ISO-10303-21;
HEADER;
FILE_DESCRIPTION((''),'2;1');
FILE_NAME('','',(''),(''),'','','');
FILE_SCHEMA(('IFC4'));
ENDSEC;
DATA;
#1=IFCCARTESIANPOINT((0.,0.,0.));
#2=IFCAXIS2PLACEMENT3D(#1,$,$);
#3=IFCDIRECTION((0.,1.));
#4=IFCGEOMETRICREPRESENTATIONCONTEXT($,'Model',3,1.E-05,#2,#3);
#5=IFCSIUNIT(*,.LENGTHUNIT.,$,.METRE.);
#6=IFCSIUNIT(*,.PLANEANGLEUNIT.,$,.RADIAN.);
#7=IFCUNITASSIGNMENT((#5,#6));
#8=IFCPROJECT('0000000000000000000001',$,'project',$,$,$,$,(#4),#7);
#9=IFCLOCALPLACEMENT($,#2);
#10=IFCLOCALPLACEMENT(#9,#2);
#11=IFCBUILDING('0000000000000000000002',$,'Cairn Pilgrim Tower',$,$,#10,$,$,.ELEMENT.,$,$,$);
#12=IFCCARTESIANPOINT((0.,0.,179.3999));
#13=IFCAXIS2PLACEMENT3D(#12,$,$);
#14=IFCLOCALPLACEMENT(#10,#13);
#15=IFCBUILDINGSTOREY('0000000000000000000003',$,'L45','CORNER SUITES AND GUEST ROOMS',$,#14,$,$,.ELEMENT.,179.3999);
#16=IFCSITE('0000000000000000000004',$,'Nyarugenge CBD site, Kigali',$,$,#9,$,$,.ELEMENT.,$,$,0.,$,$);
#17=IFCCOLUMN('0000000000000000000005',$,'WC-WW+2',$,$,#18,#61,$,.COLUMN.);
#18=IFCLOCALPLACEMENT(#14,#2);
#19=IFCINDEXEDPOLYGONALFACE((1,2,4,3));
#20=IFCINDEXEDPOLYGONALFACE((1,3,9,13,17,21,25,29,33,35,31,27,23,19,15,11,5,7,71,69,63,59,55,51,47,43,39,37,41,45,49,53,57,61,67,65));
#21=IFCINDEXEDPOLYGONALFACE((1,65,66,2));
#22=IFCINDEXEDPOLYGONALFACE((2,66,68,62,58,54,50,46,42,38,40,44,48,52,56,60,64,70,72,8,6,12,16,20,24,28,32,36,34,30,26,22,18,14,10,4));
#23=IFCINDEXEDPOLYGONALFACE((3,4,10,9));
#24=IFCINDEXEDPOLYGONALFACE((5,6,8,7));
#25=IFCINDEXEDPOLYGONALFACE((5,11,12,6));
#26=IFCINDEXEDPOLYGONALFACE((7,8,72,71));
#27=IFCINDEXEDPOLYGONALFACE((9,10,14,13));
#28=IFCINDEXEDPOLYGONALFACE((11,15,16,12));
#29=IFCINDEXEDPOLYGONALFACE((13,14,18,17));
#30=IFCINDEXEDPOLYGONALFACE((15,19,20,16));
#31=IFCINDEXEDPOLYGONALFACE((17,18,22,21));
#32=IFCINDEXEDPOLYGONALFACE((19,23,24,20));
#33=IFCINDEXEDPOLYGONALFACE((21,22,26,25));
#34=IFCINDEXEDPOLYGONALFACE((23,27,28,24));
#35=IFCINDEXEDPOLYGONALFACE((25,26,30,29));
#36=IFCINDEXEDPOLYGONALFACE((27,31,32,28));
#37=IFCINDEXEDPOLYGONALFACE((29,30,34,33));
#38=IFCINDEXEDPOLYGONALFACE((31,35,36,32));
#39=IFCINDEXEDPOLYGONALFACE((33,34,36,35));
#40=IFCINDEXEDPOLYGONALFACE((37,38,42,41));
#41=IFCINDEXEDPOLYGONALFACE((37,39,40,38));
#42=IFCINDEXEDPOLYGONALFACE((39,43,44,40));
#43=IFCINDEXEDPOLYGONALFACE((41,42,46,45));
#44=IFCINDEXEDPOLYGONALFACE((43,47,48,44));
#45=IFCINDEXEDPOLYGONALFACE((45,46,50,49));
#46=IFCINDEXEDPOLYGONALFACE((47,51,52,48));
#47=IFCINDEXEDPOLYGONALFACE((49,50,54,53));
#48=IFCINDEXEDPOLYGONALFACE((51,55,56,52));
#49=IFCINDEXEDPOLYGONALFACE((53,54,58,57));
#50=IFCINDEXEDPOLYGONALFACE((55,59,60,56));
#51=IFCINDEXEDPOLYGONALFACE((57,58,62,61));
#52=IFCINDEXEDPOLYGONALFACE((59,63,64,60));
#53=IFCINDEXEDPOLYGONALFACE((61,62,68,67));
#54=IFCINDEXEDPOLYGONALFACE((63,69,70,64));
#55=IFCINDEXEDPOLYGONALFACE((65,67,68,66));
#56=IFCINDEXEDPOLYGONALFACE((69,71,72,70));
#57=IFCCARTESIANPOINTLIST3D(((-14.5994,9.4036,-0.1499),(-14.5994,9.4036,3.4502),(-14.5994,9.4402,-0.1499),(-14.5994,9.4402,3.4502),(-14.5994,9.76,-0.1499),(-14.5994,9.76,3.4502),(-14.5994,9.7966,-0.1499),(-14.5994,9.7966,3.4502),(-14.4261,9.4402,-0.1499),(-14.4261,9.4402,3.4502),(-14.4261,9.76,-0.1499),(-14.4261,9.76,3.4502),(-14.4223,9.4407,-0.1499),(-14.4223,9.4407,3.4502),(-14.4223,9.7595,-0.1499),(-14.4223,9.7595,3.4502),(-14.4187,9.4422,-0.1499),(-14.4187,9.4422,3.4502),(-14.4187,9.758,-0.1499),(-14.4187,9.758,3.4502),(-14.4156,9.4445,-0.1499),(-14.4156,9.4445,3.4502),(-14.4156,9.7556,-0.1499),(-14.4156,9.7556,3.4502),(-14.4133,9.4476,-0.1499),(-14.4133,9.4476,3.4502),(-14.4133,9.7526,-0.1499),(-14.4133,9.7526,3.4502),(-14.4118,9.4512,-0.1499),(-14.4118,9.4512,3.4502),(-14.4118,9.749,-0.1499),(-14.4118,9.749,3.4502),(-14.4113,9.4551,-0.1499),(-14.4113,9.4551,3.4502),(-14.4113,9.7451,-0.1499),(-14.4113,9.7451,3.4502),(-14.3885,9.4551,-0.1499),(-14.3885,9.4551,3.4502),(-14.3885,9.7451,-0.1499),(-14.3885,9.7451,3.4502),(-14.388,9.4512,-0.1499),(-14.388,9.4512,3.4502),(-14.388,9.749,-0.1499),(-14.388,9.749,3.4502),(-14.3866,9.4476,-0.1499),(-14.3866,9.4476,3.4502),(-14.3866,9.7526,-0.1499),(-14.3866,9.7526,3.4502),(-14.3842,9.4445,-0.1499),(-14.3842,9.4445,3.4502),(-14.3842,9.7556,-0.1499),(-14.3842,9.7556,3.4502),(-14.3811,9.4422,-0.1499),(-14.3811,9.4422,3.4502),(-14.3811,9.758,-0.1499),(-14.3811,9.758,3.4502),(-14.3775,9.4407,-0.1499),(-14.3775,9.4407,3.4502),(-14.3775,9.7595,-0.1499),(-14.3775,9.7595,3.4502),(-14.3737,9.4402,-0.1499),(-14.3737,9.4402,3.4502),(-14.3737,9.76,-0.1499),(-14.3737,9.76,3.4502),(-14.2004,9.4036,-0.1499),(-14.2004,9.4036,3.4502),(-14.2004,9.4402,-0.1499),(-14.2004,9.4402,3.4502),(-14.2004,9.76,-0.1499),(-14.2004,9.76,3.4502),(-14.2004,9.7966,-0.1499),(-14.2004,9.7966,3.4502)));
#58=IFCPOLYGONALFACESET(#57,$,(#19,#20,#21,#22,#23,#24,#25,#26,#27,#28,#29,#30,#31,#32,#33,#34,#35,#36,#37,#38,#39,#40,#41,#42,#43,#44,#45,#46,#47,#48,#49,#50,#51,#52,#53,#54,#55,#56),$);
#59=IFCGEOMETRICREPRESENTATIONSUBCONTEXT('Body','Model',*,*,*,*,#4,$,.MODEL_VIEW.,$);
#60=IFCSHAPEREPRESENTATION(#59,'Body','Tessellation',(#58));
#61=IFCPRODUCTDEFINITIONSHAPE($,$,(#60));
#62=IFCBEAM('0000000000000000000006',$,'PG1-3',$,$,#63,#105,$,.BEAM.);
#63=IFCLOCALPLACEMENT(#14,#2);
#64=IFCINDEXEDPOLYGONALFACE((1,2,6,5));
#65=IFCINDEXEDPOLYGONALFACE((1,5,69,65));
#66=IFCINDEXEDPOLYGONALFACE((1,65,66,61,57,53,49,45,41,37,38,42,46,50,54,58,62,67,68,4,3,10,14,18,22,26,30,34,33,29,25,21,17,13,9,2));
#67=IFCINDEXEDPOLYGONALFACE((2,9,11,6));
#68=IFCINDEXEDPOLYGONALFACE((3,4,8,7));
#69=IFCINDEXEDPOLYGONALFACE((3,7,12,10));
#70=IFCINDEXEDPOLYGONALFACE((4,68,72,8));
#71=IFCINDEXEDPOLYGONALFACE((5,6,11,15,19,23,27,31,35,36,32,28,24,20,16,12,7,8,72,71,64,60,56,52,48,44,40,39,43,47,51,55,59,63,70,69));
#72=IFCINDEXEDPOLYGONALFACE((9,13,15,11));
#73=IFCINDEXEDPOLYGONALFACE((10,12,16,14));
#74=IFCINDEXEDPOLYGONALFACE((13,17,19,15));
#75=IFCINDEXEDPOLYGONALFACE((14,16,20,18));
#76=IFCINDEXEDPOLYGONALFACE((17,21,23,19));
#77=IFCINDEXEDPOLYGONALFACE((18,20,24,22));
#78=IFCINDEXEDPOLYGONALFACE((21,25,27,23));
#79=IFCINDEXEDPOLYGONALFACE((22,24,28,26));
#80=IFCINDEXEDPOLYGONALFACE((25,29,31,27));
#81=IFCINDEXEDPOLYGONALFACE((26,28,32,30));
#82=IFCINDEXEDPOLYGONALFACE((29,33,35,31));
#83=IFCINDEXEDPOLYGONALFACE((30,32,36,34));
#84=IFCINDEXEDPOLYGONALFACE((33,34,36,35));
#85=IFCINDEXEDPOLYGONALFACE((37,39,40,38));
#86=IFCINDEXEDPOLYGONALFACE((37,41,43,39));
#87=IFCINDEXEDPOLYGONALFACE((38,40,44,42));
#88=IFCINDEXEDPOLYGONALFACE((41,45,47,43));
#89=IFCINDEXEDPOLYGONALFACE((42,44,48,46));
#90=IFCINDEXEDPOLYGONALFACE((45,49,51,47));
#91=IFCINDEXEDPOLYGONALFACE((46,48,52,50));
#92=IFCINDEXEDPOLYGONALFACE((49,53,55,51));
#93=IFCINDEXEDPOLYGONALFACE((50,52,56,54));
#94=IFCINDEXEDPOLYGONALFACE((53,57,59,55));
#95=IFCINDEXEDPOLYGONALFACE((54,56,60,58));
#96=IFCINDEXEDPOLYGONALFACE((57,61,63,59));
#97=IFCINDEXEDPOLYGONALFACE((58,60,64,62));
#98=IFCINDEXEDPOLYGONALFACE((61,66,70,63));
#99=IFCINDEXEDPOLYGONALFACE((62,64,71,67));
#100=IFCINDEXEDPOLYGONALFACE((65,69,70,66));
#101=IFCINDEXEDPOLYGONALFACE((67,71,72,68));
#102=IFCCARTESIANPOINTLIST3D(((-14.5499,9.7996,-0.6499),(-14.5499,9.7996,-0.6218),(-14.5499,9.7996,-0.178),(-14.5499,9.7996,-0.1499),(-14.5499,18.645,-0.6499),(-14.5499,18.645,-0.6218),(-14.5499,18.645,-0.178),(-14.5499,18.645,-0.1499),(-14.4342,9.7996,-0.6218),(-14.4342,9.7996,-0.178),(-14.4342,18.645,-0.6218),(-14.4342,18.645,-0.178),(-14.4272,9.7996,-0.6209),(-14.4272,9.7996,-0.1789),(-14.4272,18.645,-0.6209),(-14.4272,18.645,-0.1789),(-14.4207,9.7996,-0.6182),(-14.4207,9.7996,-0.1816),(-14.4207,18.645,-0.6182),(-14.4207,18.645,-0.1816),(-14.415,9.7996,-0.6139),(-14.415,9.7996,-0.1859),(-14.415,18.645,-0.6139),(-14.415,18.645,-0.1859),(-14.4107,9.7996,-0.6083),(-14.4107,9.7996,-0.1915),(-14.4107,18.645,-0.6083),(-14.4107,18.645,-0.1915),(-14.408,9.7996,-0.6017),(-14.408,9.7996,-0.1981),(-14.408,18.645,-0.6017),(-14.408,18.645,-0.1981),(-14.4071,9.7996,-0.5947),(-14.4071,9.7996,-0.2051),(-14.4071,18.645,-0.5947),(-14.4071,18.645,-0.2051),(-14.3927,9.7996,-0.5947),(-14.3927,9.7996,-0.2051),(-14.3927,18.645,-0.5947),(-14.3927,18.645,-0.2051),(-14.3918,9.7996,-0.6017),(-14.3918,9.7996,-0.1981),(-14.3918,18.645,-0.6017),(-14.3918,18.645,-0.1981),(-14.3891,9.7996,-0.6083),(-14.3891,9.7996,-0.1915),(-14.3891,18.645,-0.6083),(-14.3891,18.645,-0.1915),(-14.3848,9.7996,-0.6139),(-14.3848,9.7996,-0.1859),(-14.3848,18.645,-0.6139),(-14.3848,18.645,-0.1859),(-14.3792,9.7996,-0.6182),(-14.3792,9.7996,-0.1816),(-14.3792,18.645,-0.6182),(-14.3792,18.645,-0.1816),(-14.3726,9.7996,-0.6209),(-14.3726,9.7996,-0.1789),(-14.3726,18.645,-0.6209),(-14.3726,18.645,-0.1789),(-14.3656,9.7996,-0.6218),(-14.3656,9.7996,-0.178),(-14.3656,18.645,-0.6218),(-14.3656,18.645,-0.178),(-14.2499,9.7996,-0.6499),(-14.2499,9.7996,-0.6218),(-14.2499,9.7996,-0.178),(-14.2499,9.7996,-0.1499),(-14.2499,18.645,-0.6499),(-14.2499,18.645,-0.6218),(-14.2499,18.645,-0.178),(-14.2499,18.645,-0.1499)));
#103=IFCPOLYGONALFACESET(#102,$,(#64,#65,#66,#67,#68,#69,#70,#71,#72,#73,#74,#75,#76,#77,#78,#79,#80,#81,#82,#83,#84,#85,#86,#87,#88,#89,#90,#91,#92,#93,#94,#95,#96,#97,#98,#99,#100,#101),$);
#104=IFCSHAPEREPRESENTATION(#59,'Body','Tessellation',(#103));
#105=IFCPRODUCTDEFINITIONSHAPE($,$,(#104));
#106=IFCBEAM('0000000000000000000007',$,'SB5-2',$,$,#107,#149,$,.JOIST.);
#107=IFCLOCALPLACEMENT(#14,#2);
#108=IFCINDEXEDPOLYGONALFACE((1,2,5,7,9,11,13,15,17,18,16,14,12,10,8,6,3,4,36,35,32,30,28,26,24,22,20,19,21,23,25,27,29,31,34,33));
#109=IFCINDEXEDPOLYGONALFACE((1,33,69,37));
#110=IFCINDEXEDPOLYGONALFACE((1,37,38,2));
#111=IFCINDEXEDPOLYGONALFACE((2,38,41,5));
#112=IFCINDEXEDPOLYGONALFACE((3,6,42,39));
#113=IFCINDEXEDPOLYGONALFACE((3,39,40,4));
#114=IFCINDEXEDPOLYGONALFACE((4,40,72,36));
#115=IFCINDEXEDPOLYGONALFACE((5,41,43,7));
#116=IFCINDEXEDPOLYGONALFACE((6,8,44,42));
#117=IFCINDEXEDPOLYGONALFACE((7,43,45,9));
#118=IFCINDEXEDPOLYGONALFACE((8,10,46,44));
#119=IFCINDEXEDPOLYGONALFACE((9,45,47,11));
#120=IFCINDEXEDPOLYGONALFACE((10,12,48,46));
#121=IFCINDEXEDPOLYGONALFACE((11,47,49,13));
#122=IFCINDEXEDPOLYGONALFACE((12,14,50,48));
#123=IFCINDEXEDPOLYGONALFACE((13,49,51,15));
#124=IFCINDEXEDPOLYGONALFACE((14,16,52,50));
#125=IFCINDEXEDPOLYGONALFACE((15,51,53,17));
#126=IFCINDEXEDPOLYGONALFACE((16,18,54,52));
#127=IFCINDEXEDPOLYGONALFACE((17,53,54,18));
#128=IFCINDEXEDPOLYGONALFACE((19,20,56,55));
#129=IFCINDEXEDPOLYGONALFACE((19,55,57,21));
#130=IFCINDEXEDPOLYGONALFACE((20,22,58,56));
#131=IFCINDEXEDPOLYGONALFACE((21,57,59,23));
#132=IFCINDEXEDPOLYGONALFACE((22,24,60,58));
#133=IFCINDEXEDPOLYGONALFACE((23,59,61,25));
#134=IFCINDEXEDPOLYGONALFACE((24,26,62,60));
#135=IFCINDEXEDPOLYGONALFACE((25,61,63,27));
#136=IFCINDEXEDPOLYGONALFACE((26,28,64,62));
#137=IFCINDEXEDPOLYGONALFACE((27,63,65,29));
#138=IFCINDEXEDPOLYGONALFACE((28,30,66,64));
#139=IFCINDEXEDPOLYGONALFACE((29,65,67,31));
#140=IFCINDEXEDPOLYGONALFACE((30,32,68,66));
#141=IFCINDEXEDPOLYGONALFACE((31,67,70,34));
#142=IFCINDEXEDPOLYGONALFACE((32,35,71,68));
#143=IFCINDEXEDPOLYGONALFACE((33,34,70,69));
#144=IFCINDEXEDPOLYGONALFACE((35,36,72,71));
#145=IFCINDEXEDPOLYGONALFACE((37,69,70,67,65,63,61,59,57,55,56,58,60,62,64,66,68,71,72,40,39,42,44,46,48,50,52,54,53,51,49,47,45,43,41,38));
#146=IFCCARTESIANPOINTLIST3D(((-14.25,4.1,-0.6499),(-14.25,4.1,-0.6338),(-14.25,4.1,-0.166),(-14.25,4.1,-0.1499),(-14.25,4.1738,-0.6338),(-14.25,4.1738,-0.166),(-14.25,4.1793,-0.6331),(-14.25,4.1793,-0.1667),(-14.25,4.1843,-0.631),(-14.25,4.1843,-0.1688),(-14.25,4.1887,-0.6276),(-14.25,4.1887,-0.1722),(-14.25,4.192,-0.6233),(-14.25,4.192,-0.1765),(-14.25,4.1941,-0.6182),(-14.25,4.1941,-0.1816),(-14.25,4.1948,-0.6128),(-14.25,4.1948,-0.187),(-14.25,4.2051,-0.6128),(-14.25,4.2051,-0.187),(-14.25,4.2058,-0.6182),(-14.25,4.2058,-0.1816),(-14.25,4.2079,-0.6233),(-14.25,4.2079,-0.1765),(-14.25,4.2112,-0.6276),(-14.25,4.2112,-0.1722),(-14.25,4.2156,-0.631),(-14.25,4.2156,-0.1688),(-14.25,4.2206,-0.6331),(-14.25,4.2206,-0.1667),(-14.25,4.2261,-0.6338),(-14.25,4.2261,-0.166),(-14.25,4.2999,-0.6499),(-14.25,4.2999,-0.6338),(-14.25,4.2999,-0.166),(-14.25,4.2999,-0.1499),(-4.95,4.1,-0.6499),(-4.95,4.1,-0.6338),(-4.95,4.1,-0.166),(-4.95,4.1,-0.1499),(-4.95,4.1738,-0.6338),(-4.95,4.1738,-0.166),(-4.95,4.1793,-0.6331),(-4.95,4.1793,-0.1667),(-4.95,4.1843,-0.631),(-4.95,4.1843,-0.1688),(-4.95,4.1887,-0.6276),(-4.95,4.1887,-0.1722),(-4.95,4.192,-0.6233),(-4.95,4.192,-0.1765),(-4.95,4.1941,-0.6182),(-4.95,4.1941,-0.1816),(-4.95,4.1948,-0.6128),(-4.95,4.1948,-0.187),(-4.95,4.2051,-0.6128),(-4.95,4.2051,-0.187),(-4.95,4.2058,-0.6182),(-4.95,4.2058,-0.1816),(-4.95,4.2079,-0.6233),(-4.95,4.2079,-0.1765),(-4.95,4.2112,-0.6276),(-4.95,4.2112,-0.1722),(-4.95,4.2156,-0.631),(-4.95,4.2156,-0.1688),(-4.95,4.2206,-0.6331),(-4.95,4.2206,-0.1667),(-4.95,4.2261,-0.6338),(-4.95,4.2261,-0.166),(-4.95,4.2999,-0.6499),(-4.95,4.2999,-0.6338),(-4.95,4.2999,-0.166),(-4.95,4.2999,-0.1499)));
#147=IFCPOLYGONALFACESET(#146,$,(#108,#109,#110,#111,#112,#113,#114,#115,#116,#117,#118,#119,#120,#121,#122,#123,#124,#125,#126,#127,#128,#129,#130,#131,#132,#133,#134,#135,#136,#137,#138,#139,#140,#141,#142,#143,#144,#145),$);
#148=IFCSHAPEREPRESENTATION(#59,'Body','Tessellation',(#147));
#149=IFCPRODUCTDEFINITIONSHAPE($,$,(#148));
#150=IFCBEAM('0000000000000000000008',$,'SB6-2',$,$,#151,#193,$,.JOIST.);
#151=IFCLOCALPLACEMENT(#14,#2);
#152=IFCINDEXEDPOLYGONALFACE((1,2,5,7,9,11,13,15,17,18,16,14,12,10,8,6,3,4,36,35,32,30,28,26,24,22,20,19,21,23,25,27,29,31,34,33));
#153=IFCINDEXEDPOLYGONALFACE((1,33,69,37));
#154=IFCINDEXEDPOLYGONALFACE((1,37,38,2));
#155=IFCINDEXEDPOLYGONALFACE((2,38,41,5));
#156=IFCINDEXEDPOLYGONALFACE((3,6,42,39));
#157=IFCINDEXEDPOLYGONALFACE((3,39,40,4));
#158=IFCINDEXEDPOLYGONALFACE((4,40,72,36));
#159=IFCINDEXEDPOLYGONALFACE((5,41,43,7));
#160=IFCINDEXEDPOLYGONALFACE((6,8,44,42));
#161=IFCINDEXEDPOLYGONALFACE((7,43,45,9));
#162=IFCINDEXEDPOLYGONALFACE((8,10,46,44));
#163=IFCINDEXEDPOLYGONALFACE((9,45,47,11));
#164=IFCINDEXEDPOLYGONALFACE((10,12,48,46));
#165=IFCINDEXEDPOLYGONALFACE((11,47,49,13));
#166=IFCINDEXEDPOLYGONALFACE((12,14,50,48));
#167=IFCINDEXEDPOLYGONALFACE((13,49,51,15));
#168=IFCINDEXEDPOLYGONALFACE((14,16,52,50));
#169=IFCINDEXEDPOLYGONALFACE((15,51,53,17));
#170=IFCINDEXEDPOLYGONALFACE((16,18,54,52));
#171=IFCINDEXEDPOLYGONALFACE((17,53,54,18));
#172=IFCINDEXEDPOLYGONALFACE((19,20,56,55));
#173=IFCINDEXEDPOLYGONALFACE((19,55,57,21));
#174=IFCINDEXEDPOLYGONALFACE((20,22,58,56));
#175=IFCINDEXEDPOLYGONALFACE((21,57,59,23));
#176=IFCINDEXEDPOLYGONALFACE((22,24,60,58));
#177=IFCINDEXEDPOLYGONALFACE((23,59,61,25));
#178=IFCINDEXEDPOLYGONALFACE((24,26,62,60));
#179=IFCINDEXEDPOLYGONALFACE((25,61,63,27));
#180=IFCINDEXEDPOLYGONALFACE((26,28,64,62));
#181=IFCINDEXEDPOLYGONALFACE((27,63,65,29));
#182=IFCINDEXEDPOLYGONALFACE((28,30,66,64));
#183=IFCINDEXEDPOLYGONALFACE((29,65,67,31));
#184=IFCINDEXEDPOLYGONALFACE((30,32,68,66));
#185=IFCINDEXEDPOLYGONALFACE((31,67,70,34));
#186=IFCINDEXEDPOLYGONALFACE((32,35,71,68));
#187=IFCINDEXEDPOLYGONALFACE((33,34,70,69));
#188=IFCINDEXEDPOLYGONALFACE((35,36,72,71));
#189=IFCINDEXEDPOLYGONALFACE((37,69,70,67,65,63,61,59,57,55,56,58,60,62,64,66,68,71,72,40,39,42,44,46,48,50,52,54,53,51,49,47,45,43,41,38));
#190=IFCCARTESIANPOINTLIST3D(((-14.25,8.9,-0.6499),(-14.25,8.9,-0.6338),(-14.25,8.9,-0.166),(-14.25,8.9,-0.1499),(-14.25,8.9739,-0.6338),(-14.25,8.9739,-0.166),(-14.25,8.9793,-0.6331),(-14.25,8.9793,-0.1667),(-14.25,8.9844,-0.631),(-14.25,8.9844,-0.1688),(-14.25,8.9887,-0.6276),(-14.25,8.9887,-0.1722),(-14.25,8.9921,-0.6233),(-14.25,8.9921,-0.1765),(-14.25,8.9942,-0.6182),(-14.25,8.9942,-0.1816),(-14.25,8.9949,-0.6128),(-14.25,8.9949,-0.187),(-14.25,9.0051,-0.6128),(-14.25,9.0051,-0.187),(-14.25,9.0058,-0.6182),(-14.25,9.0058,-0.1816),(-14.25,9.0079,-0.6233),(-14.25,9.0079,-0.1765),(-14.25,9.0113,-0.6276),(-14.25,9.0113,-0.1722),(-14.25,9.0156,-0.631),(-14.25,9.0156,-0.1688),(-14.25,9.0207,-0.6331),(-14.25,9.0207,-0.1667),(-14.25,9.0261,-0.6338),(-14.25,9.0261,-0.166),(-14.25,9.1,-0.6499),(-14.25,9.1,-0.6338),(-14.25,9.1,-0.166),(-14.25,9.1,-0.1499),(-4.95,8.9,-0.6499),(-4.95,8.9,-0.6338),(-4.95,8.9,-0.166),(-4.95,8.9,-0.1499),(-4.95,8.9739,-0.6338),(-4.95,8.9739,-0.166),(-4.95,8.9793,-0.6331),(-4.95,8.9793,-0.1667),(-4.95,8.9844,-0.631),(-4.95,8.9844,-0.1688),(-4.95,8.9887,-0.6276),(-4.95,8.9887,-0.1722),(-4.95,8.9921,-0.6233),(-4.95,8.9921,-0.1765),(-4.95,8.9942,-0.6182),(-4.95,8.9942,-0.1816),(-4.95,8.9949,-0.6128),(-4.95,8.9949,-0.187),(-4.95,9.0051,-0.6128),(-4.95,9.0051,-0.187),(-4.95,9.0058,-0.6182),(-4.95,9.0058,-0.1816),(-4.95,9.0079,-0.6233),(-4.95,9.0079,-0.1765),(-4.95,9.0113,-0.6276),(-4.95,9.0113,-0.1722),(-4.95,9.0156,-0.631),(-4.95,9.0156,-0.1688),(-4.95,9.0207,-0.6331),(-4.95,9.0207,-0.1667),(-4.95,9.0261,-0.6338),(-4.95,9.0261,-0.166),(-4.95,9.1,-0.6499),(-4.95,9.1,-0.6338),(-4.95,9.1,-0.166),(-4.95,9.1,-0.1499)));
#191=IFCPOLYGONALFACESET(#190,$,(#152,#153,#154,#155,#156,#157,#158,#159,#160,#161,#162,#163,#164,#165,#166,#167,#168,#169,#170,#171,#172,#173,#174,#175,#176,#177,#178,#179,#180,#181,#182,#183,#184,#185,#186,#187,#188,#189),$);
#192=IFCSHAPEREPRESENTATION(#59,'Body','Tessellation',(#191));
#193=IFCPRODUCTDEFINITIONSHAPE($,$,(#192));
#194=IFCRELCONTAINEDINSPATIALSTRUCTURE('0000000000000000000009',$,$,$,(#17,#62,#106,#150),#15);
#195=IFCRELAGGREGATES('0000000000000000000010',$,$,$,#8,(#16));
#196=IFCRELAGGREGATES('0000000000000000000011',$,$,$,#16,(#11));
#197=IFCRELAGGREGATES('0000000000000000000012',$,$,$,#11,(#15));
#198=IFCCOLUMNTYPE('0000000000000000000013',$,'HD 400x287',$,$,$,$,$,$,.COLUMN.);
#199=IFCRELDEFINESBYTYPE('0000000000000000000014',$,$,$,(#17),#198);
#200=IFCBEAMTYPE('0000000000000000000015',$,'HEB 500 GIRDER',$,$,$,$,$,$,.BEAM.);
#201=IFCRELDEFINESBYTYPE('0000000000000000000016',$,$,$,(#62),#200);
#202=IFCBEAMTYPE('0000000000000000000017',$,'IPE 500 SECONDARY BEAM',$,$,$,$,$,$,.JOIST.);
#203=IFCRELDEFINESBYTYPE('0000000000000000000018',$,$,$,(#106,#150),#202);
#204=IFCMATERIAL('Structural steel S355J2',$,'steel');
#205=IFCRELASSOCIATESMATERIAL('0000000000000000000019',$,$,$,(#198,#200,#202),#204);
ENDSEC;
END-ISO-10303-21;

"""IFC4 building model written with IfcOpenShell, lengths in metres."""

from ifc_helpers import new_model, si_unit, direction, frame, origin, origin_2d, place, context, subcontext, project, spatial, i_section, extrude, material, material_profile, profile_set, type_object, element, save


model = new_model("IFC4")

# Units and contexts
model_context = context("Model", 3, precision=1e-05, world=origin(), true_north=direction((0.0, 1.0)))
body_context = subcontext(model_context, "Body", "Model", "MODEL_VIEW")
ifc_project = project(units=[si_unit("LENGTHUNIT", "METRE"), si_unit("PLANEANGLEUNIT", "RADIAN")], contexts=[model_context])

# Site, building, storey
site_placement = place(None, origin())
site = spatial("IfcSite", under=ifc_project, at=site_placement, Name="Nyarugenge CBD site, Kigali", CompositionType="ELEMENT", RefElevation=0.0)
building_placement = place(site_placement, origin())
building = spatial("IfcBuilding", under=site, at=building_placement, Name="Cairn Pilgrim Tower", CompositionType="ELEMENT")
storey_placement = place(building_placement, frame((0.0, 0.0, 179.3999)))
storey = spatial("IfcBuildingStorey", under=building, at=storey_placement, Name="L45", Description="CORNER SUITES AND GUEST ROOMS", CompositionType="ELEMENT", Elevation=179.3999)

# Column
ifc_material_1 = material(Name="Structural steel S355J2", Category="steel")
ifc_material_profile_1 = material_profile(ifc_material_1, i_section(OverallWidth=0.3989, OverallDepth=0.3931, WebThickness=0.0227, FlangeThickness=0.0366, FilletRadius=0.0149, at=origin_2d()), Name="HD 400x287")
ifc_profile_set_1 = profile_set([ifc_material_profile_1], Name="Structural steel S355J2")
column_type = type_object("IfcColumnType", Name="HD 400x287", PredefinedType="COLUMN", material=ifc_profile_set_1)
column_placement = place(storey_placement, frame((-14.3999, 9.6001, -0.1499), z_axis=(0.0, 0.0, 1.0), x_axis=(1.0, 0.0, 0.0)))
element("IfcColumn", 1, at=column_placement, inside=storey, type_object=column_type, Name="WC-WW+2", PredefinedType="COLUMN", context=body_context, shape_type="SweptSolid", body=[
    extrude(i_section(OverallWidth=0.3989, OverallDepth=0.3931, WebThickness=0.0227, FlangeThickness=0.0366, FilletRadius=0.0149, at=origin_2d()), origin(), (0.0, 0.0, 1.0), 3.6001),
])

# Beams
ifc_material_profile_2 = material_profile(ifc_material_1, i_section(OverallWidth=0.3, OverallDepth=0.5, WebThickness=0.0144, FlangeThickness=0.0281, FilletRadius=0.0271, at=origin_2d()), Name="HEB 500")
ifc_profile_set_2 = profile_set([ifc_material_profile_2], Name="Structural steel S355J2")
beam_type_1 = type_object("IfcBeamType", Name="HEB 500 GIRDER", PredefinedType="BEAM", material=ifc_profile_set_2)
beam_placement = place(storey_placement, frame((-14.3999, 9.7996, -0.3999), z_axis=(0.0, 1.0, 0.0), x_axis=(-1.0, 0.0, 0.0)))
element("IfcBeam", 2, at=beam_placement, inside=storey, type_object=beam_type_1, Name="PG1-3", PredefinedType="BEAM", context=body_context, shape_type="SweptSolid", body=[
    extrude(i_section(OverallWidth=0.3, OverallDepth=0.5, WebThickness=0.0144, FlangeThickness=0.0281, FilletRadius=0.0271, at=origin_2d()), origin(), (0.0, 0.0, 1.0), 8.8455),
])
ifc_material_profile_3 = material_profile(ifc_material_1, i_section(OverallWidth=0.2, OverallDepth=0.5, WebThickness=0.0103, FlangeThickness=0.0161, FilletRadius=0.021, at=origin_2d()), Name="IPE 500")
ifc_profile_set_3 = profile_set([ifc_material_profile_3], Name="Structural steel S355J2")
beam_type_2 = type_object("IfcBeamType", Name="IPE 500 SECONDARY BEAM", PredefinedType="JOIST", material=ifc_profile_set_3)
for number, where, z_axis, x_axis, name in (
    (3, (-14.25, 4.2, -0.3999), (1.0, 0.0, 0.0), (0.0, 1.0, 0.0), "SB5-2"),
    (4, (-14.25, 9.0, -0.3999), (1.0, 0.0, 0.0), (0.0, 1.0, 0.0), "SB6-2"),
):
    element("IfcBeam", number, at=place(storey_placement, frame(where, z_axis=z_axis, x_axis=x_axis)), inside=storey, type_object=beam_type_2, Name=name, PredefinedType="JOIST", context=body_context, shape_type="SweptSolid", body=[
        extrude(i_section(OverallWidth=0.2, OverallDepth=0.5, WebThickness=0.0103, FlangeThickness=0.0161, FilletRadius=0.021, at=origin_2d()), origin(), (0.0, 0.0, 1.0), 9.3),
    ])

save(model, "model.ifc")
